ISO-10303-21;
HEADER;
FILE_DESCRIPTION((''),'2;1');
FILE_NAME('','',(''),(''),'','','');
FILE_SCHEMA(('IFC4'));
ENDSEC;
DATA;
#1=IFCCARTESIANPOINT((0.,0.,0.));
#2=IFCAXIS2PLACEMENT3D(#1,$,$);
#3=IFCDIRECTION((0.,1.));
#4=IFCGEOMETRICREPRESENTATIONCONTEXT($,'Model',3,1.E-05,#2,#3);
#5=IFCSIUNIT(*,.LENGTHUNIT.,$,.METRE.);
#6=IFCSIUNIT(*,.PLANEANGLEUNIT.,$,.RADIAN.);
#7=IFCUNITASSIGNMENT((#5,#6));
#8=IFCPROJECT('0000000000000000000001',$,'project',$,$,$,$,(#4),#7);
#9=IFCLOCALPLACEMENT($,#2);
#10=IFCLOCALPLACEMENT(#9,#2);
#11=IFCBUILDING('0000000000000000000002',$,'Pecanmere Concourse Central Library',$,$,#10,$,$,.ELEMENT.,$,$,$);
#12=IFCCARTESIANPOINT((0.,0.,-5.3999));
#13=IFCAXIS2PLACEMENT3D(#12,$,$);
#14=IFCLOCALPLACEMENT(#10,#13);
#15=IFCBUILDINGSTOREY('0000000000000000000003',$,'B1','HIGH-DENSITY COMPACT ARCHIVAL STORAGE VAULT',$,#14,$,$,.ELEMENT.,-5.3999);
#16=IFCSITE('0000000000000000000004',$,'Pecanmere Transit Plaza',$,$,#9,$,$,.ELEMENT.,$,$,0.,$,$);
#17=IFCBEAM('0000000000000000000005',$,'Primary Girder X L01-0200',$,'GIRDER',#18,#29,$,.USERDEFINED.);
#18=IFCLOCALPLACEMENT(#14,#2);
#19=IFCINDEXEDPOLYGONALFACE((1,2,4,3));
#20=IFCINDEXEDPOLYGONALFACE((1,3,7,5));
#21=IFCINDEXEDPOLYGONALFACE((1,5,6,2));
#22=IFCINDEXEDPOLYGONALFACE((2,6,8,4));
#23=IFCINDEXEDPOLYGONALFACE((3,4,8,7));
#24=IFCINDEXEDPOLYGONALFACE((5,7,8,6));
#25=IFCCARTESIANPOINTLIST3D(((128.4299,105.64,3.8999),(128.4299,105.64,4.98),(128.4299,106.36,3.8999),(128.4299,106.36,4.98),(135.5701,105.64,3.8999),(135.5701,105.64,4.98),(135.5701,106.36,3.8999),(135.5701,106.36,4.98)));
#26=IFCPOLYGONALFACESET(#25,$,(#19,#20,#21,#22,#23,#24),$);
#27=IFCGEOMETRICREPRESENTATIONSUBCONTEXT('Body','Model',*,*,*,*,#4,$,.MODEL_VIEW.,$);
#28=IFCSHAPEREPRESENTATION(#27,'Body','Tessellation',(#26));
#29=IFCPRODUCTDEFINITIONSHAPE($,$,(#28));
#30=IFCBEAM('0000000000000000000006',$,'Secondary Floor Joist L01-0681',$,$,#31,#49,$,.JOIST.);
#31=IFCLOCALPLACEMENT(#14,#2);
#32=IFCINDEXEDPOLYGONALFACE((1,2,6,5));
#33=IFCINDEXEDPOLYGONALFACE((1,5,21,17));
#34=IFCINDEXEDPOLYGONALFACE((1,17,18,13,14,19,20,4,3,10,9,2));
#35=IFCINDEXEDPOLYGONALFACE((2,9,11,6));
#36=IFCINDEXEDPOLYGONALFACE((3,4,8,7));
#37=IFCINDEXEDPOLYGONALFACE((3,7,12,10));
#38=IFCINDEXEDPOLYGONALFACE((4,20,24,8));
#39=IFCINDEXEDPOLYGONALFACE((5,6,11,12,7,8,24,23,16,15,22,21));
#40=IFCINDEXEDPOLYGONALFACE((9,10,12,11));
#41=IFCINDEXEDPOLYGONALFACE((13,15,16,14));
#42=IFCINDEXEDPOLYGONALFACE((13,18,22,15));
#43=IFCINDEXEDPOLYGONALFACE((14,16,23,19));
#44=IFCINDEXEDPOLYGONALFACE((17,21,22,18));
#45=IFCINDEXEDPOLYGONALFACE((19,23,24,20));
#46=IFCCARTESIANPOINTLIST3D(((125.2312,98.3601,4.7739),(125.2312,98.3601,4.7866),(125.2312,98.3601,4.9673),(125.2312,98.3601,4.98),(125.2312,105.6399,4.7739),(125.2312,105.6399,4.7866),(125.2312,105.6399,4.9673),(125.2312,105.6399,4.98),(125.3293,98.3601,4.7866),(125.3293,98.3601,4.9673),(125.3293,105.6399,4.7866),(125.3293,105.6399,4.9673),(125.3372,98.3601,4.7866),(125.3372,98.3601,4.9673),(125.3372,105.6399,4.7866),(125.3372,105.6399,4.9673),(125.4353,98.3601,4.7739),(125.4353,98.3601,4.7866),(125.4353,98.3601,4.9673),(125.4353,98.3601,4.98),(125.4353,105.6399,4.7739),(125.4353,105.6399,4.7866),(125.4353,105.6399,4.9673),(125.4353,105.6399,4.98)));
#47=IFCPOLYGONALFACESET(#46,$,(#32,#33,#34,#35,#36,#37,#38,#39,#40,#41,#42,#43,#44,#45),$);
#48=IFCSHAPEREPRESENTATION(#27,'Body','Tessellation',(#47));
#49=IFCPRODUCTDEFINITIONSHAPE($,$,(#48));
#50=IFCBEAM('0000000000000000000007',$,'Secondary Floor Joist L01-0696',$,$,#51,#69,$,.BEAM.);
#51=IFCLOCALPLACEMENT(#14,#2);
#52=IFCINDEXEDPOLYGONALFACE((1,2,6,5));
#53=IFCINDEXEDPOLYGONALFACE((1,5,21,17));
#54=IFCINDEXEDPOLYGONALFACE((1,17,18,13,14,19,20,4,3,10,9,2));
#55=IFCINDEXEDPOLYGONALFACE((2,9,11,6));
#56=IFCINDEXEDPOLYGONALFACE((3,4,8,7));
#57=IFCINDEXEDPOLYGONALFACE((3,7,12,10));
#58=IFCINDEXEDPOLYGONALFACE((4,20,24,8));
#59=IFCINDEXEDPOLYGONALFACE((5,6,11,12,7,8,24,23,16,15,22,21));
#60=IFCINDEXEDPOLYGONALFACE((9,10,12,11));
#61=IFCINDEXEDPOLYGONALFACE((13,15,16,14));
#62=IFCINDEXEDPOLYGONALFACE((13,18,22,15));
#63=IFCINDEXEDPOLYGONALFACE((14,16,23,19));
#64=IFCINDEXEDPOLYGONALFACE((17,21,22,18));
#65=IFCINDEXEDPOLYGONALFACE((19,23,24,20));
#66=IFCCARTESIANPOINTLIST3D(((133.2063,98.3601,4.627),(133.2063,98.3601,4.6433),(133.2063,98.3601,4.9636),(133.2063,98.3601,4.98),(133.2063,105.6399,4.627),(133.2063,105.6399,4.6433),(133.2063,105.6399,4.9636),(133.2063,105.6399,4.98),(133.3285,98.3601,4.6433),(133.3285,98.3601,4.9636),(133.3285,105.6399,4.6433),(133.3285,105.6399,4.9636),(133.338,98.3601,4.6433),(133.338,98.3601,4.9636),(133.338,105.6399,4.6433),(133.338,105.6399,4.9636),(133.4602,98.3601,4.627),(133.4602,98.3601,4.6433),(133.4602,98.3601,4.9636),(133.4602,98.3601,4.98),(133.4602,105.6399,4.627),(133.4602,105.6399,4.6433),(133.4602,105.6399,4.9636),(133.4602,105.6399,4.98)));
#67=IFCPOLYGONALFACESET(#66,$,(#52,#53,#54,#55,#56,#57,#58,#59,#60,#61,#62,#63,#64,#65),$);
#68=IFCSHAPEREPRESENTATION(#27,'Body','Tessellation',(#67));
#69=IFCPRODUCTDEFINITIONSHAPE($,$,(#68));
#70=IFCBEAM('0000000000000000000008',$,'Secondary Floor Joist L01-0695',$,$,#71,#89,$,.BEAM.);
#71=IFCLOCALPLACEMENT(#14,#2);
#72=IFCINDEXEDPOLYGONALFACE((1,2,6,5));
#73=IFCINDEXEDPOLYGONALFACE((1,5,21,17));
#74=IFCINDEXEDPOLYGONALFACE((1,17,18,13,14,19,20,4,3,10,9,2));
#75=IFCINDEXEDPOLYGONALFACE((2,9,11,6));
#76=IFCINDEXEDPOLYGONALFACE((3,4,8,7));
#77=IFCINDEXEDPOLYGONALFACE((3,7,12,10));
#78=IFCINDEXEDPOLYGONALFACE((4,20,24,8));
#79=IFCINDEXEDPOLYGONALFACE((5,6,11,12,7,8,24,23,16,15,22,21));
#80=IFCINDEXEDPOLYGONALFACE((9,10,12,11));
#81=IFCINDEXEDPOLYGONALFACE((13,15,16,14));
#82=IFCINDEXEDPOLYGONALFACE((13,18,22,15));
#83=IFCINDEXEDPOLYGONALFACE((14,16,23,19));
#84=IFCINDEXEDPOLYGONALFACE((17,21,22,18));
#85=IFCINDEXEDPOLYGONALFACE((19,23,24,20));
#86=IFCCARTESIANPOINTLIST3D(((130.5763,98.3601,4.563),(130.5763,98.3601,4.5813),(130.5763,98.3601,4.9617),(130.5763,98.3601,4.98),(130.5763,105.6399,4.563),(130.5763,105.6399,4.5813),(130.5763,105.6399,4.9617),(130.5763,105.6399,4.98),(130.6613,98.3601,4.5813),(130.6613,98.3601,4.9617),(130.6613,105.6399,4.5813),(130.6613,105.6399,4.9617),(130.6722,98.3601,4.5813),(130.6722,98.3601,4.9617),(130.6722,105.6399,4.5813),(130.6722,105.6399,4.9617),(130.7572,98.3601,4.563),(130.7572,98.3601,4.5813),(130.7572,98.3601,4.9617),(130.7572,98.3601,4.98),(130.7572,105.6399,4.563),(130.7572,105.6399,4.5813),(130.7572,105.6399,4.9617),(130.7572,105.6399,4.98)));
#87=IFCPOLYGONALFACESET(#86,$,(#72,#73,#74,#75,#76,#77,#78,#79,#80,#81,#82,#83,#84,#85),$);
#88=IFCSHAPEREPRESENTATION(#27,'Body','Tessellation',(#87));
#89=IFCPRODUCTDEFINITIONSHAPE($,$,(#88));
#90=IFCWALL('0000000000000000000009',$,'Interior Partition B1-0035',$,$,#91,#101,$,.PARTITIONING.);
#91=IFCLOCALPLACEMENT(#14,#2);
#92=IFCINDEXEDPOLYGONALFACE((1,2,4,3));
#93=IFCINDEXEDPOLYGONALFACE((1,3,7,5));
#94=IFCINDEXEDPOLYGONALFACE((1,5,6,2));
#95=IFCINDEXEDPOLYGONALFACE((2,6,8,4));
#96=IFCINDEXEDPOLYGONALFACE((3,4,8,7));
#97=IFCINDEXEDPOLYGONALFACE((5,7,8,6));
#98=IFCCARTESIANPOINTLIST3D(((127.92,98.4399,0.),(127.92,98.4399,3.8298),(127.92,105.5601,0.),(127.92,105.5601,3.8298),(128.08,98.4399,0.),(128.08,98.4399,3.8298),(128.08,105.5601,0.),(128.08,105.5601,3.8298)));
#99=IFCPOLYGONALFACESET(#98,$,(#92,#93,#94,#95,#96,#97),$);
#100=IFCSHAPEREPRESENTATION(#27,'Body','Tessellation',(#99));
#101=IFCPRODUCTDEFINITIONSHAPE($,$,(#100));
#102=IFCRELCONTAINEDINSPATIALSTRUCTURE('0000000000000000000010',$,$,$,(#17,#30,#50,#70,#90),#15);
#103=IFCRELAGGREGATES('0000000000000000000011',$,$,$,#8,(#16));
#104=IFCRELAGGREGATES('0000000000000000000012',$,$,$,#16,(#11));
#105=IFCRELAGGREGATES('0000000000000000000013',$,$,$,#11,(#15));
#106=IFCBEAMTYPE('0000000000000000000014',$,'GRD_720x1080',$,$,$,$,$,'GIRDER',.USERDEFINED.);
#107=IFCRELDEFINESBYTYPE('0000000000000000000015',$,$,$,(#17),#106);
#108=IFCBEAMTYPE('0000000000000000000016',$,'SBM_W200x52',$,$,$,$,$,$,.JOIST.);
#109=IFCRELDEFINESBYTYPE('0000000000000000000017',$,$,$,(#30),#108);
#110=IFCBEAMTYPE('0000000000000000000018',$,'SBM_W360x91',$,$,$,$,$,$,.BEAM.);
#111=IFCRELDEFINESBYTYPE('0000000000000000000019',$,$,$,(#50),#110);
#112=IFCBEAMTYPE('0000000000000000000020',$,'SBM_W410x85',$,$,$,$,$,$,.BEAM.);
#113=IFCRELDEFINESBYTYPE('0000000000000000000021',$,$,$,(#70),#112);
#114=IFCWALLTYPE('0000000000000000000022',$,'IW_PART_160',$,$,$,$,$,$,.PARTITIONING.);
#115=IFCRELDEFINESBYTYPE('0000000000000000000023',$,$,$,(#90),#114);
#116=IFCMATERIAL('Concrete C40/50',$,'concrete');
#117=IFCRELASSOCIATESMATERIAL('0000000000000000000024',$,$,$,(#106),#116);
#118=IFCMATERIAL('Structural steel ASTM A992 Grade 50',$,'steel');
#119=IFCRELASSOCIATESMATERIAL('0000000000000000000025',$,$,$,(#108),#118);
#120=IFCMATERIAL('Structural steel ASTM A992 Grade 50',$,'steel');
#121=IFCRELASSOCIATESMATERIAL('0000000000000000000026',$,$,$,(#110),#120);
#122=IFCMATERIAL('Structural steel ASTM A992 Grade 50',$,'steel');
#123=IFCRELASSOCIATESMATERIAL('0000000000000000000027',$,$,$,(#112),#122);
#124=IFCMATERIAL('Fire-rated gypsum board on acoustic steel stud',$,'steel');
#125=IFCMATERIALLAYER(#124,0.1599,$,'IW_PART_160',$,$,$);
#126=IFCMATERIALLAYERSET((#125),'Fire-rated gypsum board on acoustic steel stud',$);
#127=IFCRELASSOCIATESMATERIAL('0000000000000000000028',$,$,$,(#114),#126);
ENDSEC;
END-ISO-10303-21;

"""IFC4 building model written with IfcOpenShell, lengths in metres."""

from ifc_helpers import new_model, si_unit, direction, frame, frame_2d, origin, origin_2d, place, context, subcontext, project, spatial, rectangle, i_section, extrude, material, layer, layer_set, material_profile, profile_set, type_object, element, save


model = new_model("IFC4")

# Units and contexts
model_context = context("Model", 3, precision=1e-05, world=origin(), true_north=direction((0.0, 1.0)))
body_context = subcontext(model_context, "Body", "Model", "MODEL_VIEW")
ifc_project = project(units=[si_unit("LENGTHUNIT", "METRE"), si_unit("PLANEANGLEUNIT", "RADIAN")], contexts=[model_context])

# Site, building, storey
site_placement = place(None, origin())
site = spatial("IfcSite", under=ifc_project, at=site_placement, Name="Pecanmere Transit Plaza", CompositionType="ELEMENT", RefElevation=0.0)
building_placement = place(site_placement, origin())
building = spatial("IfcBuilding", under=site, at=building_placement, Name="Pecanmere Concourse Central Library", CompositionType="ELEMENT")
storey_placement = place(building_placement, frame((0.0, 0.0, -5.3999)))
storey = spatial("IfcBuildingStorey", under=building, at=storey_placement, Name="B1", Description="HIGH-DENSITY COMPACT ARCHIVAL STORAGE VAULT", CompositionType="ELEMENT", Elevation=-5.3999)

# Beams
ifc_material_1 = material(Name="Concrete C40/50", Category="concrete")
ifc_material_profile_1 = material_profile(ifc_material_1, rectangle(XDim=0.72, YDim=1.0801, at=origin_2d()), Name="RC 720x1080")
ifc_profile_set_1 = profile_set([ifc_material_profile_1], Name="Concrete C40/50")
beam_type_1 = type_object("IfcBeamType", Name="GRD_720x1080", ElementType="GIRDER", PredefinedType="USERDEFINED", material=ifc_profile_set_1)
for number, where, z_axis, x_axis, name in (
    (1, (128.4299, 106.0, 4.4399), (1.0, 0.0, 0.0), (0.0, 1.0, 0.0), "Primary Girder X L01-0200"),
):
    element("IfcBeam", number, at=place(storey_placement, frame(where, z_axis=z_axis, x_axis=x_axis)), inside=storey, type_object=beam_type_1, Name=name, ObjectType="GIRDER", PredefinedType="USERDEFINED", context=body_context, shape_type="SweptSolid", body=[
        extrude(rectangle(XDim=0.72, YDim=1.0801, at=origin_2d()), origin(), (0.0, 0.0, 1.0), 7.1401),
    ])
ifc_material_2 = material(Name="Structural steel ASTM A992 Grade 50", Category="steel")
ifc_material_profile_2 = material_profile(ifc_material_2, i_section(OverallWidth=0.2041, OverallDepth=0.2061, WebThickness=0.0078, FlangeThickness=0.0127, at=origin_2d()), Name="W200x52")
ifc_profile_set_2 = profile_set([ifc_material_profile_2], Name="Structural steel ASTM A992 Grade 50")
beam_type_2 = type_object("IfcBeamType", Name="SBM_W200x52", PredefinedType="JOIST", material=ifc_profile_set_2)
beam_1_placement = place(storey_placement, frame((125.3333, 98.3601, 4.877), z_axis=(0.0, 1.0, 0.0), x_axis=(-1.0, 0.0, 0.0)))
element("IfcBeam", 2, at=beam_1_placement, inside=storey, type_object=beam_type_2, Name="Secondary Floor Joist L01-0681", PredefinedType="JOIST", context=body_context, shape_type="SweptSolid", body=[
    extrude(i_section(OverallWidth=0.2041, OverallDepth=0.2061, WebThickness=0.0078, FlangeThickness=0.0127, at=origin_2d()), origin(), (0.0, 0.0, 1.0), 7.2798),
])
ifc_material_3 = material(Name="Structural steel ASTM A992 Grade 50", Category="steel")
ifc_material_profile_3 = material_profile(ifc_material_3, i_section(OverallWidth=0.2539, OverallDepth=0.353, WebThickness=0.0095, FlangeThickness=0.0164, at=origin_2d()), Name="W360x91")
ifc_profile_set_3 = profile_set([ifc_material_profile_3], Name="Structural steel ASTM A992 Grade 50")
beam_type_3 = type_object("IfcBeamType", Name="SBM_W360x91", PredefinedType="BEAM", material=ifc_profile_set_3)
beam_2_placement = place(storey_placement, frame((133.3333, 98.3601, 4.8035), z_axis=(0.0, 1.0, 0.0), x_axis=(-1.0, 0.0, 0.0)))
element("IfcBeam", 3, at=beam_2_placement, inside=storey, type_object=beam_type_3, Name="Secondary Floor Joist L01-0696", PredefinedType="BEAM", context=body_context, shape_type="SweptSolid", body=[
    extrude(i_section(OverallWidth=0.2539, OverallDepth=0.353, WebThickness=0.0095, FlangeThickness=0.0164, at=origin_2d()), origin(), (0.0, 0.0, 1.0), 7.2798),
])
ifc_material_4 = material(Name="Structural steel ASTM A992 Grade 50", Category="steel")
ifc_material_profile_4 = material_profile(ifc_material_4, i_section(OverallWidth=0.1809, OverallDepth=0.417, WebThickness=0.011, FlangeThickness=0.0183, at=origin_2d()), Name="W410x85")
ifc_profile_set_4 = profile_set([ifc_material_profile_4], Name="Structural steel ASTM A992 Grade 50")
beam_type_4 = type_object("IfcBeamType", Name="SBM_W410x85", PredefinedType="BEAM", material=ifc_profile_set_4)
beam_3_placement = place(storey_placement, frame((130.6667, 98.3601, 4.7715), z_axis=(0.0, 1.0, 0.0), x_axis=(-1.0, 0.0, 0.0)))
element("IfcBeam", 4, at=beam_3_placement, inside=storey, type_object=beam_type_4, Name="Secondary Floor Joist L01-0695", PredefinedType="BEAM", context=body_context, shape_type="SweptSolid", body=[
    extrude(i_section(OverallWidth=0.1809, OverallDepth=0.417, WebThickness=0.011, FlangeThickness=0.0183, at=origin_2d()), origin(), (0.0, 0.0, 1.0), 7.2798),
])

# Wall
ifc_material_5 = material(Name="Fire-rated gypsum board on acoustic steel stud", Category="steel")
ifc_layer = layer(ifc_material_5, 0.1599, Name="IW_PART_160")
ifc_layer_set = layer_set([ifc_layer], Name="Fire-rated gypsum board on acoustic steel stud")
wall_type = type_object("IfcWallType", Name="IW_PART_160", PredefinedType="PARTITIONING", material=ifc_layer_set)
wall_placement = place(storey_placement, frame((128.0, 98.4399, 0.0), z_axis=(0.0, 0.0, 1.0), x_axis=(0.0, 1.0, 0.0)))
element("IfcWall", 5, at=wall_placement, inside=storey, type_object=wall_type, Name="Interior Partition B1-0035", PredefinedType="PARTITIONING", context=body_context, shape_type="SweptSolid", body=[
    extrude(rectangle(XDim=7.1201, YDim=0.1599, at=frame_2d((3.5601, 0.0))), origin(), (0.0, 0.0, 1.0), 3.8298),
])

save(model, "model.ifc")
